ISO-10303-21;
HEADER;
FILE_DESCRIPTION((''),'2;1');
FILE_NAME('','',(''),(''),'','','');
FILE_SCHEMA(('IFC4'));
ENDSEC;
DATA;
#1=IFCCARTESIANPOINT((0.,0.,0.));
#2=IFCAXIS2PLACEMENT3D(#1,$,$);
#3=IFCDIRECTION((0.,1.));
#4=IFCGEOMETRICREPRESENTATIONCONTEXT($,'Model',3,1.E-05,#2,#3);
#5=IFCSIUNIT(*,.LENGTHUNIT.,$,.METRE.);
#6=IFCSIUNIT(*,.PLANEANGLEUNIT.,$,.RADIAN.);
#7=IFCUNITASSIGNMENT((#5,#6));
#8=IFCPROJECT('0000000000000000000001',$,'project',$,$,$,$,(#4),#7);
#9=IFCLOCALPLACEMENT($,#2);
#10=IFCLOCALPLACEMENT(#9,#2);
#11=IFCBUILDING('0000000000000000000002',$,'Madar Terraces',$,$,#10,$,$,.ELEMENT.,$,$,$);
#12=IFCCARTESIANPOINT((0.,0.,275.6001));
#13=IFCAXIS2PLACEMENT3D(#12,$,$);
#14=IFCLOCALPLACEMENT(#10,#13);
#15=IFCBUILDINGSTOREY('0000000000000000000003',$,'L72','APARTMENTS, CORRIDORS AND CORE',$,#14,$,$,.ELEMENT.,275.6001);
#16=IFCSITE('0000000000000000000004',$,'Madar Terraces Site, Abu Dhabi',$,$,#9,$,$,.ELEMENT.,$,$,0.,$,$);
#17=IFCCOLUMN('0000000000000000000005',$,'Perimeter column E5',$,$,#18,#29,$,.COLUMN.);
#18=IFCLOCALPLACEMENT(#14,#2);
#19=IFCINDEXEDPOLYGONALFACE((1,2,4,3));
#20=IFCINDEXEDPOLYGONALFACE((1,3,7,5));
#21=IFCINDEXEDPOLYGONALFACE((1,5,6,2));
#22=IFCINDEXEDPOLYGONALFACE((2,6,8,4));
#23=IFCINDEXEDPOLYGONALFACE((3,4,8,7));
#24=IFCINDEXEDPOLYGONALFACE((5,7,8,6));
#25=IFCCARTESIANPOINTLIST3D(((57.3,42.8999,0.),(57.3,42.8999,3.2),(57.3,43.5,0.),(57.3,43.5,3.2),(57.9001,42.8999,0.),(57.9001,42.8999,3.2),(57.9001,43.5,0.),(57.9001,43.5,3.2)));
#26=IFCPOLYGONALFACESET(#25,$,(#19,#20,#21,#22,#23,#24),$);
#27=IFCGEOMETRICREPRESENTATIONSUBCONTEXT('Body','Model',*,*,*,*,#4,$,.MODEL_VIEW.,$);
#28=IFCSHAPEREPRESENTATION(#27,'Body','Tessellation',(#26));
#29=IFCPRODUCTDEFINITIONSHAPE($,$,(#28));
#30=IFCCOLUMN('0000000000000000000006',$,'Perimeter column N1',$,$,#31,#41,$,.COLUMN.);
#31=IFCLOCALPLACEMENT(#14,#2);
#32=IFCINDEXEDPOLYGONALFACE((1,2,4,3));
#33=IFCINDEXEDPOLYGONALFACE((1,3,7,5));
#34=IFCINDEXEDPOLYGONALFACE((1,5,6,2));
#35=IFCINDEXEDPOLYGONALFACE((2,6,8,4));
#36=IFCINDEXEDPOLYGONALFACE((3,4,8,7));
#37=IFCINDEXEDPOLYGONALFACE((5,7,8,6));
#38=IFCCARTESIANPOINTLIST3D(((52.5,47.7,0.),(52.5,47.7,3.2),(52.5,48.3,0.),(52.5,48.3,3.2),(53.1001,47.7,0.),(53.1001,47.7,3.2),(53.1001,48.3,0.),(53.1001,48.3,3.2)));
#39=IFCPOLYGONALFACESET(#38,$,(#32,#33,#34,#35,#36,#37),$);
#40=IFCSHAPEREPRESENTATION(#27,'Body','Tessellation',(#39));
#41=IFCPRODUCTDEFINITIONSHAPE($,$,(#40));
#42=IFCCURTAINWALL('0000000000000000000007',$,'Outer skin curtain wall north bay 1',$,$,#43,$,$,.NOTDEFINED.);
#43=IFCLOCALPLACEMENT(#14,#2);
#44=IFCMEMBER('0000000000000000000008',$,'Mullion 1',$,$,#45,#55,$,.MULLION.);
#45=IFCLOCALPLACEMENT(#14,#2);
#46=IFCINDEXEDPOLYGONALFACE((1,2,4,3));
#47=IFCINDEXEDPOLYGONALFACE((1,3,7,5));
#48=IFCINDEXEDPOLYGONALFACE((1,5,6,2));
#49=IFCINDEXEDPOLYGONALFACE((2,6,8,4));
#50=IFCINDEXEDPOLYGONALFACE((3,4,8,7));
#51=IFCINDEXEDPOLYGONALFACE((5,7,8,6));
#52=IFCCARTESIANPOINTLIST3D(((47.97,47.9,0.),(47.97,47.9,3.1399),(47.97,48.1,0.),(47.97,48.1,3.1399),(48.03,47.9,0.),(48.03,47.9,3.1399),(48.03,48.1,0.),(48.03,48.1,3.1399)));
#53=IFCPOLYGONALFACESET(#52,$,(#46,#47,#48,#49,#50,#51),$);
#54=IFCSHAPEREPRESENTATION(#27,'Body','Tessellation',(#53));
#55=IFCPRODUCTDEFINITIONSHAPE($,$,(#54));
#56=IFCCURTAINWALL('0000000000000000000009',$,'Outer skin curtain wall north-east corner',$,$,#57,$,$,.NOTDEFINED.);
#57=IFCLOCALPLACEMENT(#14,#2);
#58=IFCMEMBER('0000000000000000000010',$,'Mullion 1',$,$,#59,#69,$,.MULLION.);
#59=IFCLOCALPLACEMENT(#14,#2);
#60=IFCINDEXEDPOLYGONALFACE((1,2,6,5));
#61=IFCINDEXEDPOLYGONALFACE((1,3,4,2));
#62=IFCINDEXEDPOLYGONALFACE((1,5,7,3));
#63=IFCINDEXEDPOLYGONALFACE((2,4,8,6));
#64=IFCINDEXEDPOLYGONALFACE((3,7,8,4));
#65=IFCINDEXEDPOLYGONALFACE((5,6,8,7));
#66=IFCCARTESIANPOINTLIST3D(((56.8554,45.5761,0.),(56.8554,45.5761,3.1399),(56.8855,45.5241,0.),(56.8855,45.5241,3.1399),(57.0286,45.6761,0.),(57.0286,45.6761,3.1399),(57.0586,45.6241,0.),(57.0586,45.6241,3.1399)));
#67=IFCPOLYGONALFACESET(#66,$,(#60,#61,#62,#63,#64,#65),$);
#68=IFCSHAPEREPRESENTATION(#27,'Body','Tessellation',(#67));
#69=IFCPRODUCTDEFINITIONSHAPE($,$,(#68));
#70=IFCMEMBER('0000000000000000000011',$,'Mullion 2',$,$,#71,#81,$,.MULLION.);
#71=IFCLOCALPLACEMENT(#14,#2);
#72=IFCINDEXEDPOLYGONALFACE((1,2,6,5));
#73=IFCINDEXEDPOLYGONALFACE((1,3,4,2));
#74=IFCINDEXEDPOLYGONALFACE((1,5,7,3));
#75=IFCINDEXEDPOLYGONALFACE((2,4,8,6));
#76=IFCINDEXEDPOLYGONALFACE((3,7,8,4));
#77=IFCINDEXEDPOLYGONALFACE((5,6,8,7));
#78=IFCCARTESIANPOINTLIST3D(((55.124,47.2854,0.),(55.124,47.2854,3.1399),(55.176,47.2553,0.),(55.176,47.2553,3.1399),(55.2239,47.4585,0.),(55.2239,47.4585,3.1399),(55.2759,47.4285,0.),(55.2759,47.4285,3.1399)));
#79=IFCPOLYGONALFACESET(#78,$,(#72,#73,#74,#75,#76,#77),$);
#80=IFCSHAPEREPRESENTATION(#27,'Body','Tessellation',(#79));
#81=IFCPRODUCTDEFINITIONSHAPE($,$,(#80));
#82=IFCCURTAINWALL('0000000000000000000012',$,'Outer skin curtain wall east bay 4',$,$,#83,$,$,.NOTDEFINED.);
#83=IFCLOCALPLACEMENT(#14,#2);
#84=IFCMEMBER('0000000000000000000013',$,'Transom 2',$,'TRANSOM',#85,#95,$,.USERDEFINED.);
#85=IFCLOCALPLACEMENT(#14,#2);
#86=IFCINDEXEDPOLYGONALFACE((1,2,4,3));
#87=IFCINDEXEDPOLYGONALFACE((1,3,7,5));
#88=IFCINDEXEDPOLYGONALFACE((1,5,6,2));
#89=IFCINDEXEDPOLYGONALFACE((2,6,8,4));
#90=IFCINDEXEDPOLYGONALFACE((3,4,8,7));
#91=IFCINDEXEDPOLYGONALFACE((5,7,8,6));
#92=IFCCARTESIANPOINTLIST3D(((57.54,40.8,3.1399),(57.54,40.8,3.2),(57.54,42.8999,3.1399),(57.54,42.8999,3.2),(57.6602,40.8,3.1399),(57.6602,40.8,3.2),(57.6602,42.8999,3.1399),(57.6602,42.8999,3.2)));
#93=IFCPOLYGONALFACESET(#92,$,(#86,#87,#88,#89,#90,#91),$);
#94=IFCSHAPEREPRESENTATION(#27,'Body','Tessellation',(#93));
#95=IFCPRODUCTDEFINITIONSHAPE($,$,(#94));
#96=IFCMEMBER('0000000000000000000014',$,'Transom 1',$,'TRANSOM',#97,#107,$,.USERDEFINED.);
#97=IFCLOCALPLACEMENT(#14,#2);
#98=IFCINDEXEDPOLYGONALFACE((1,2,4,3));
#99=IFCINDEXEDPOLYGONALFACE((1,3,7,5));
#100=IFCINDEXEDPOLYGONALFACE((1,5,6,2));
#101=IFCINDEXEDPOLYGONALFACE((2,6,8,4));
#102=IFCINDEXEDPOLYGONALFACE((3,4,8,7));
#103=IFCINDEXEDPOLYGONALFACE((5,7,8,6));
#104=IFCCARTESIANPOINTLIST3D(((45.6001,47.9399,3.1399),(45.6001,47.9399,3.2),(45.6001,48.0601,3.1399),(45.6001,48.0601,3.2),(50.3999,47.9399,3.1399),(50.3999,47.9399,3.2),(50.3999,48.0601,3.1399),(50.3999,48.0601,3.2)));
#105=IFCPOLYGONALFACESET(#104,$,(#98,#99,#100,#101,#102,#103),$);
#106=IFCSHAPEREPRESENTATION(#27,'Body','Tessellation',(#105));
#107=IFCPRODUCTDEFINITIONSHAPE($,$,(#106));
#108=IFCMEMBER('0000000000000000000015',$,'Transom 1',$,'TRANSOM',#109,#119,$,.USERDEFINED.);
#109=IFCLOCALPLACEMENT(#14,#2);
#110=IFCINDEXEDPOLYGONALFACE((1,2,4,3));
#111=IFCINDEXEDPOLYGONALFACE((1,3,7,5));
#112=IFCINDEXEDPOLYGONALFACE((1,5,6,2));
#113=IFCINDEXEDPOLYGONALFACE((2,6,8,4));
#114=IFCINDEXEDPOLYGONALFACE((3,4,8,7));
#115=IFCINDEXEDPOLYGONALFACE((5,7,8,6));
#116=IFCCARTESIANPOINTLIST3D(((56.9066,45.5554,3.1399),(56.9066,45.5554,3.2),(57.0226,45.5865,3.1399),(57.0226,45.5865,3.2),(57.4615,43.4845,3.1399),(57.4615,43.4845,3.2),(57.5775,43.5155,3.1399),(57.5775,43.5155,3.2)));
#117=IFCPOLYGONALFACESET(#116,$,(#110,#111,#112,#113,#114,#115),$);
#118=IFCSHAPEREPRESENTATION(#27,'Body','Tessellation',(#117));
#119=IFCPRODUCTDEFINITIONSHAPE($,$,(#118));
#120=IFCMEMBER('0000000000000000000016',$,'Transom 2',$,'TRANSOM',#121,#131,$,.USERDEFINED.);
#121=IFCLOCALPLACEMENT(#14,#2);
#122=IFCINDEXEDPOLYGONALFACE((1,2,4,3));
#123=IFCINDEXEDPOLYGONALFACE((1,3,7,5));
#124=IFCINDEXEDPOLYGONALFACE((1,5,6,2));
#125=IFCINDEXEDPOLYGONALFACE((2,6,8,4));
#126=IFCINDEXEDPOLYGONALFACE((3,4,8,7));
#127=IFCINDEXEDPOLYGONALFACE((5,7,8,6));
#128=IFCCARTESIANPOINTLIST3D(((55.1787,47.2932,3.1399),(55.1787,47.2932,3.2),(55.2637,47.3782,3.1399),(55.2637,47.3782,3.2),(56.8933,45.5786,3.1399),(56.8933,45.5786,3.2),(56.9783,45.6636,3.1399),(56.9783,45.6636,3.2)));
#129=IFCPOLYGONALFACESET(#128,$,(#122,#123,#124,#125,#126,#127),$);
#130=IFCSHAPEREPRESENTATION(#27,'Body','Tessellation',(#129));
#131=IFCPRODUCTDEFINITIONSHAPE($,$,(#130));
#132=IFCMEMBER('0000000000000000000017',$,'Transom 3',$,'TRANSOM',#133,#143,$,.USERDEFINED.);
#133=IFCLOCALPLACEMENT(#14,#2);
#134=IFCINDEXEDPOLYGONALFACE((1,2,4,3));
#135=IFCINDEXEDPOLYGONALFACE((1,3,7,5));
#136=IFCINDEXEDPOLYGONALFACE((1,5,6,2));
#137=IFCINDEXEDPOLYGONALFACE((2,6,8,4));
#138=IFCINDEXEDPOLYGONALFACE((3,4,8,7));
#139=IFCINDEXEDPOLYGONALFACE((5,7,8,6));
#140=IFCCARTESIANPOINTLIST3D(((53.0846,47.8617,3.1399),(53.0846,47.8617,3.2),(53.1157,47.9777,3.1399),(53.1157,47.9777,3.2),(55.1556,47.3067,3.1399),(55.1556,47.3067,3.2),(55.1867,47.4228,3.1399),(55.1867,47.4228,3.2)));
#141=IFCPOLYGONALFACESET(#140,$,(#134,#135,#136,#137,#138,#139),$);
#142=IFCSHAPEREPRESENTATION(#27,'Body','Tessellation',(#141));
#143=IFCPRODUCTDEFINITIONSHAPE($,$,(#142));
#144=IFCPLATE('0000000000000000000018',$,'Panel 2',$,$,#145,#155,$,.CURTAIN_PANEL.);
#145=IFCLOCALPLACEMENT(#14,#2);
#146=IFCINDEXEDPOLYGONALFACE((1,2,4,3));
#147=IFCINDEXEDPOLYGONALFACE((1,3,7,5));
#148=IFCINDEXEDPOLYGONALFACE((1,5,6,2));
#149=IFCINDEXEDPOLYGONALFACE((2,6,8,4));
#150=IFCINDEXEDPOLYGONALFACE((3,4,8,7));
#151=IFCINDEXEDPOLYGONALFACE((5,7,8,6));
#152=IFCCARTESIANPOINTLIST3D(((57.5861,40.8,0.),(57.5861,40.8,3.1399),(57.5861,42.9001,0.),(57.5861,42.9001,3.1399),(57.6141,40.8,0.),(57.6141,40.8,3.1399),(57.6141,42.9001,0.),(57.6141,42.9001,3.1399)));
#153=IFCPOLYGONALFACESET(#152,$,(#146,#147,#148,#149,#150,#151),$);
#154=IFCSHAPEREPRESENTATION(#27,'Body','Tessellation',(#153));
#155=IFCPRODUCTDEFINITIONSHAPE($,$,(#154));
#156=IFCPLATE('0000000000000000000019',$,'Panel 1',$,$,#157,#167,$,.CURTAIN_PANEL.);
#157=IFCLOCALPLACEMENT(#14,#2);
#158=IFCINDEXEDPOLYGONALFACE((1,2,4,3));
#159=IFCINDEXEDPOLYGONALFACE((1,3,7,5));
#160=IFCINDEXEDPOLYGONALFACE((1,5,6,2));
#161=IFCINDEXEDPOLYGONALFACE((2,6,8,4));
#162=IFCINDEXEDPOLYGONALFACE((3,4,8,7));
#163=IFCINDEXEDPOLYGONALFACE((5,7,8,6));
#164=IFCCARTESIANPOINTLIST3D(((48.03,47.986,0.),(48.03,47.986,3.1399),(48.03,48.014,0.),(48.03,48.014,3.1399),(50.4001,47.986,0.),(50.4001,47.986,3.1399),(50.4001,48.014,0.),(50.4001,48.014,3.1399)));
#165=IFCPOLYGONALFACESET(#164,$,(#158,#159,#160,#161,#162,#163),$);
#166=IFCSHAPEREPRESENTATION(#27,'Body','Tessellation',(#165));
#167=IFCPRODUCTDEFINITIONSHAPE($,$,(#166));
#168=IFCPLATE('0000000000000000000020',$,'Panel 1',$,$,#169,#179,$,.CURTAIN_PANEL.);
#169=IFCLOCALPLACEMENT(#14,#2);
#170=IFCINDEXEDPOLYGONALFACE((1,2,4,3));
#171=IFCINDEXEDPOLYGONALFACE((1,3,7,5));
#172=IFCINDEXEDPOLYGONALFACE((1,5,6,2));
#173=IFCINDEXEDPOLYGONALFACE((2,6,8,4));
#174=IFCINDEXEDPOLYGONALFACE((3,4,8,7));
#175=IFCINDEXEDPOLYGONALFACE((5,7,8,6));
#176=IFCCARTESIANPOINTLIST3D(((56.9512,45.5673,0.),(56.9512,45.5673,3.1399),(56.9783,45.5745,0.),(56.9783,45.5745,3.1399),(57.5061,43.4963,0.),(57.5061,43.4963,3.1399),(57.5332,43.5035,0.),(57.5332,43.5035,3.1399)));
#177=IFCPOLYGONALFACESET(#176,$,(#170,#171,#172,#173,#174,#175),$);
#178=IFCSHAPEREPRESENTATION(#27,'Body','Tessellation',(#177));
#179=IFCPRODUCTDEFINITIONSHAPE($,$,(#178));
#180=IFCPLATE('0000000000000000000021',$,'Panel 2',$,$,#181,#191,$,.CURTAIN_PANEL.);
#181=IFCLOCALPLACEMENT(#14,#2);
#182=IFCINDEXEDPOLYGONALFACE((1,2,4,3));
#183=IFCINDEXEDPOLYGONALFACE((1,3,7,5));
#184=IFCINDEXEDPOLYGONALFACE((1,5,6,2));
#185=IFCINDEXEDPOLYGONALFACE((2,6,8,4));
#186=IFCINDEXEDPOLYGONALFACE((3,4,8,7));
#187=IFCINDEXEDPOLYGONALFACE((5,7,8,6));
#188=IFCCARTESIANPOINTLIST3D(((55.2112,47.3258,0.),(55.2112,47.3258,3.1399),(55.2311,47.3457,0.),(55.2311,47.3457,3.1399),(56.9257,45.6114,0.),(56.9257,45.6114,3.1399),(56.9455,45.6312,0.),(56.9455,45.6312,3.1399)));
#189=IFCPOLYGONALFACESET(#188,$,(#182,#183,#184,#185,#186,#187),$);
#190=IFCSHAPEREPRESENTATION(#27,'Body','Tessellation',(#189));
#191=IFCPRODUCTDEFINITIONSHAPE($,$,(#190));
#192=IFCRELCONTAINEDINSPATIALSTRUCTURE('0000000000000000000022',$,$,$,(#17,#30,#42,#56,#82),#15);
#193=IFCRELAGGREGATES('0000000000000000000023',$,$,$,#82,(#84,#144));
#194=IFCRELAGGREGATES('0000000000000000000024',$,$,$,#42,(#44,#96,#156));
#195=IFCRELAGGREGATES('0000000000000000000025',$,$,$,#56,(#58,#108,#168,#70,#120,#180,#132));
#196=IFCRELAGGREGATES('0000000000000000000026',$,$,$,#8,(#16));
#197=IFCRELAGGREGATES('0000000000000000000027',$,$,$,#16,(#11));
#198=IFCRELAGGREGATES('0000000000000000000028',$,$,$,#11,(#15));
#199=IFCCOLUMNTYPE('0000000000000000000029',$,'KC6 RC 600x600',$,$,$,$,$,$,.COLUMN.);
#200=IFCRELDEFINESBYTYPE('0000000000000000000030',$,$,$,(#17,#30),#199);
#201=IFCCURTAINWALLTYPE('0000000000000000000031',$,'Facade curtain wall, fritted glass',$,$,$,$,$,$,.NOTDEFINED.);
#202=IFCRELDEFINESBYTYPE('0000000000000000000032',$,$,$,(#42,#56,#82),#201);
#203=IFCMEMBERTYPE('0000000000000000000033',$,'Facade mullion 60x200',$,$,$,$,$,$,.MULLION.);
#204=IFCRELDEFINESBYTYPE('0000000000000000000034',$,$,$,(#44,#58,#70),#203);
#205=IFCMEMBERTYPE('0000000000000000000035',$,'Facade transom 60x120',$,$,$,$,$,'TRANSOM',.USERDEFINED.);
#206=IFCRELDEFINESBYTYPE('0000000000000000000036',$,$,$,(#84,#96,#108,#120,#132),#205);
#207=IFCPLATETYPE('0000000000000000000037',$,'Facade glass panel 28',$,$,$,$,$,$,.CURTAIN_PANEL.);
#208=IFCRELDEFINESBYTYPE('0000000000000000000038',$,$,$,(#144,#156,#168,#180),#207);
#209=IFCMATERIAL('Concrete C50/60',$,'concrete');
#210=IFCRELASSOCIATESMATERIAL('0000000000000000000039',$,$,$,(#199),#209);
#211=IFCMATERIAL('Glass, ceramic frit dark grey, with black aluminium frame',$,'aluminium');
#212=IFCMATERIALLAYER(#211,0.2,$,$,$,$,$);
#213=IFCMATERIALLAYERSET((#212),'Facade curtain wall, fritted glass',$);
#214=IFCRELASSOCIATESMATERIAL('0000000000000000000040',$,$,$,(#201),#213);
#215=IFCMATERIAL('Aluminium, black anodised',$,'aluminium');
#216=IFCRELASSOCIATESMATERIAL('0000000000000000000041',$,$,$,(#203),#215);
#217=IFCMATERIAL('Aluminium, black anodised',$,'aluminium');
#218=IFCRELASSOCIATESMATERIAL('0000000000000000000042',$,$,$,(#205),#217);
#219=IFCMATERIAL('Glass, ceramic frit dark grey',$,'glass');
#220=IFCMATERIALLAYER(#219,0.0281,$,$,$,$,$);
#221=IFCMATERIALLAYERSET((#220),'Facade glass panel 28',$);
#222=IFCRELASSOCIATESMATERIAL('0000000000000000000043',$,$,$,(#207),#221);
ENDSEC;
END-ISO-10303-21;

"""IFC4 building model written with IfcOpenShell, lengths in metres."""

from ifc_helpers import new_model, si_unit, direction, frame, origin, origin_2d, place, context, subcontext, project, spatial, rectangle, extrude, material, layer, layer_set, material_profile, profile_set, type_object, element, aggregate, save


model = new_model("IFC4")

# Units and contexts
model_context = context("Model", 3, precision=1e-05, world=origin(), true_north=direction((0.0, 1.0)))
body_context = subcontext(model_context, "Body", "Model", "MODEL_VIEW")
ifc_project = project(units=[si_unit("LENGTHUNIT", "METRE"), si_unit("PLANEANGLEUNIT", "RADIAN")], contexts=[model_context])

# Site, building, storey
site_placement = place(None, origin())
site = spatial("IfcSite", under=ifc_project, at=site_placement, Name="Madar Terraces Site, Abu Dhabi", CompositionType="ELEMENT", RefElevation=0.0)
building_placement = place(site_placement, origin())
building = spatial("IfcBuilding", under=site, at=building_placement, Name="Madar Terraces", CompositionType="ELEMENT")
storey_placement = place(building_placement, frame((0.0, 0.0, 275.6001)))
storey = spatial("IfcBuildingStorey", under=building, at=storey_placement, Name="L72", Description="APARTMENTS, CORRIDORS AND CORE", CompositionType="ELEMENT", Elevation=275.6001)

# Columns
ifc_material_1 = material(Name="Concrete C50/60", Category="concrete")
ifc_material_profile_1 = material_profile(ifc_material_1, rectangle(XDim=0.6001, YDim=0.6001, at=origin_2d()), Name="KC6 RC 600x600")
ifc_profile_set_1 = profile_set([ifc_material_profile_1], Name="Concrete C50/60")
column_type = type_object("IfcColumnType", Name="KC6 RC 600x600", PredefinedType="COLUMN", material=ifc_profile_set_1)
for number, where, z_axis, x_axis, name in (
    (1, (57.6001, 43.2, 0.0), (0.0, 0.0, 1.0), (1.0, 0.0, 0.0), "Perimeter column E5"),
    (2, (52.8, 48.0, 0.0), (0.0, 0.0, 1.0), (1.0, 0.0, 0.0), "Perimeter column N1"),
):
    element("IfcColumn", number, at=place(storey_placement, frame(where, z_axis=z_axis, x_axis=x_axis)), inside=storey, type_object=column_type, Name=name, PredefinedType="COLUMN", context=body_context, shape_type="SweptSolid", body=[
        extrude(rectangle(XDim=0.6001, YDim=0.6001, at=origin_2d()), origin(), (0.0, 0.0, 1.0), 3.2),
    ])

# Curtain wall, member
ifc_material_2 = material(Name="Glass, ceramic frit dark grey, with black aluminium frame", Category="aluminium")
ifc_layer_1 = layer(ifc_material_2, 0.2)
ifc_layer_set_1 = layer_set([ifc_layer_1], Name="Facade curtain wall, fritted glass")
curtain_wall_type = type_object("IfcCurtainWallType", Name="Facade curtain wall, fritted glass", PredefinedType="NOTDEFINED", material=ifc_layer_set_1)
curtain_wall_1_placement = place(storey_placement, origin())
curtain_wall_1 = element("IfcCurtainWall", 3, at=curtain_wall_1_placement, inside=storey, type_object=curtain_wall_type, Name="Outer skin curtain wall north bay 1", PredefinedType="NOTDEFINED")
ifc_material_3 = material(Name="Aluminium, black anodised", Category="aluminium")
ifc_material_profile_2 = material_profile(ifc_material_3, rectangle(XDim=0.2, YDim=0.0601, at=origin_2d()), Name="Facade mullion 60x200")
ifc_profile_set_2 = profile_set([ifc_material_profile_2], Name="Aluminium, black anodised")
member_type_1 = type_object("IfcMemberType", Name="Facade mullion 60x200", PredefinedType="MULLION", material=ifc_profile_set_2)
member_1_placement = place(storey_placement, frame((48.0, 48.0, 0.0), z_axis=(0.0, 0.0, 1.0), x_axis=(0.0, -1.0, 0.0)))
member_1 = element("IfcMember", 4, at=member_1_placement, type_object=member_type_1, Name="Mullion 1", PredefinedType="MULLION", context=body_context, shape_type="SweptSolid", body=[
    extrude(rectangle(XDim=0.2, YDim=0.0601, at=origin_2d()), origin(), (0.0, 0.0, 1.0), 3.1399),
])

# Curtain wall, members
curtain_wall_2_placement = place(storey_placement, origin())
curtain_wall_2 = element("IfcCurtainWall", 5, at=curtain_wall_2_placement, inside=storey, type_object=curtain_wall_type, Name="Outer skin curtain wall north-east corner", PredefinedType="NOTDEFINED")
member_2_placement = place(storey_placement, frame((56.957, 45.6001, 0.0), z_axis=(0.0, 0.0, 1.0), x_axis=(-0.866025, -0.5, 0.0)))
member_2 = element("IfcMember", 6, at=member_2_placement, type_object=member_type_1, Name="Mullion 1", PredefinedType="MULLION", context=body_context, shape_type="SweptSolid", body=[
    extrude(rectangle(XDim=0.2, YDim=0.0601, at=origin_2d()), origin(), (0.0, 0.0, 1.0), 3.1399),
])
member_3_placement = place(storey_placement, frame((55.2, 47.3569, 0.0), z_axis=(0.0, 0.0, 1.0), x_axis=(-0.5, -0.866025, 0.0)))
member_3 = element("IfcMember", 7, at=member_3_placement, type_object=member_type_1, Name="Mullion 2", PredefinedType="MULLION", context=body_context, shape_type="SweptSolid", body=[
    extrude(rectangle(XDim=0.2, YDim=0.0601, at=origin_2d()), origin(), (0.0, 0.0, 1.0), 3.1399),
])

# Curtain wall, member
curtain_wall_3_placement = place(storey_placement, origin())
curtain_wall_3 = element("IfcCurtainWall", 8, at=curtain_wall_3_placement, inside=storey, type_object=curtain_wall_type, Name="Outer skin curtain wall east bay 4", PredefinedType="NOTDEFINED")
ifc_material_4 = material(Name="Aluminium, black anodised", Category="aluminium")
ifc_material_profile_3 = material_profile(ifc_material_4, rectangle(XDim=0.1201, YDim=0.0601, at=origin_2d()), Name="Facade transom 60x120")
ifc_profile_set_3 = profile_set([ifc_material_profile_3], Name="Aluminium, black anodised")
member_type_2 = type_object("IfcMemberType", Name="Facade transom 60x120", ElementType="TRANSOM", PredefinedType="USERDEFINED", material=ifc_profile_set_3)
member_4_placement = place(storey_placement, frame((57.6001, 40.8, 3.1699), z_axis=(0.0, 1.0, 0.0), x_axis=(-1.0, 0.0, 0.0)))
member_4 = element("IfcMember", 9, at=member_4_placement, type_object=member_type_2, Name="Transom 2", ObjectType="TRANSOM", PredefinedType="USERDEFINED", context=body_context, shape_type="SweptSolid", body=[
    extrude(rectangle(XDim=0.1201, YDim=0.0601, at=origin_2d()), origin(), (0.0, 0.0, 1.0), 2.0999),
])

# Members
member_5_placement = place(storey_placement, frame((50.3999, 48.0, 3.1699), z_axis=(-1.0, 0.0, 0.0), x_axis=(0.0, -1.0, 0.0)))
member_5 = element("IfcMember", 10, at=member_5_placement, type_object=member_type_2, Name="Transom 1", ObjectType="TRANSOM", PredefinedType="USERDEFINED", context=body_context, shape_type="SweptSolid", body=[
    extrude(rectangle(XDim=0.1201, YDim=0.0601, at=origin_2d()), origin(), (0.0, 0.0, 1.0), 4.7998),
])
member_6_placement = place(storey_placement, frame((57.5195, 43.5, 3.1699), z_axis=(-0.258818, 0.965926, 0.0), x_axis=(-0.965926, -0.258818, 0.0)))
member_6 = element("IfcMember", 11, at=member_6_placement, type_object=member_type_2, Name="Transom 1", ObjectType="TRANSOM", PredefinedType="USERDEFINED", context=body_context, shape_type="SweptSolid", body=[
    extrude(rectangle(XDim=0.1201, YDim=0.0601, at=origin_2d()), origin(), (0.0, 0.0, 1.0), 2.144),
])
member_7_placement = place(storey_placement, frame((56.9358, 45.6211, 3.1699), z_axis=(-0.707107, 0.707107, 0.0), x_axis=(-0.707107, -0.707107, 0.0)))
member_7 = element("IfcMember", 12, at=member_7_placement, type_object=member_type_2, Name="Transom 2", ObjectType="TRANSOM", PredefinedType="USERDEFINED", context=body_context, shape_type="SweptSolid", body=[
    extrude(rectangle(XDim=0.1201, YDim=0.0601, at=origin_2d()), origin(), (0.0, 0.0, 1.0), 2.4248),
])
member_8_placement = place(storey_placement, frame((55.1711, 47.3647, 3.1699), z_axis=(-0.965926, 0.258818, 0.0), x_axis=(-0.258818, -0.965926, 0.0)))
member_8 = element("IfcMember", 13, at=member_8_placement, type_object=member_type_2, Name="Transom 3", ObjectType="TRANSOM", PredefinedType="USERDEFINED", context=body_context, shape_type="SweptSolid", body=[
    extrude(rectangle(XDim=0.1201, YDim=0.0601, at=origin_2d()), origin(), (0.0, 0.0, 1.0), 2.144),
])

# Plates
ifc_material_5 = material(Name="Glass, ceramic frit dark grey", Category="glass")
ifc_layer_2 = layer(ifc_material_5, 0.0281)
ifc_layer_set_2 = layer_set([ifc_layer_2], Name="Facade glass panel 28")
plate_type = type_object("IfcPlateType", Name="Facade glass panel 28", PredefinedType="CURTAIN_PANEL", material=ifc_layer_set_2)
plate_1_placement = place(storey_placement, frame((57.6001, 41.8501, 0.0), z_axis=(0.0, 0.0, 1.0), x_axis=(0.0, 1.0, 0.0)))
plate_1 = element("IfcPlate", 14, at=plate_1_placement, type_object=plate_type, Name="Panel 2", PredefinedType="CURTAIN_PANEL", context=body_context, shape_type="SweptSolid", body=[
    extrude(rectangle(XDim=2.1001, YDim=0.0281, at=origin_2d()), origin(), (0.0, 0.0, 1.0), 3.1399),
])
aggregate(curtain_wall_3, [member_4, plate_1])
plate_2_placement = place(storey_placement, frame((49.2151, 48.0, 0.0), z_axis=(0.0, 0.0, 1.0), x_axis=(-1.0, 0.0, 0.0)))
plate_2 = element("IfcPlate", 15, at=plate_2_placement, type_object=plate_type, Name="Panel 1", PredefinedType="CURTAIN_PANEL", context=body_context, shape_type="SweptSolid", body=[
    extrude(rectangle(XDim=2.3701, YDim=0.0281, at=origin_2d()), origin(), (0.0, 0.0, 1.0), 3.1399),
])
aggregate(curtain_wall_1, [member_1, member_5, plate_2])
plate_3_placement = place(storey_placement, frame((57.2422, 44.5354, 0.0), z_axis=(0.0, 0.0, 1.0), x_axis=(-0.258819, 0.965926, 0.0)))
plate_3 = element("IfcPlate", 16, at=plate_3_placement, type_object=plate_type, Name="Panel 1", PredefinedType="CURTAIN_PANEL", context=body_context, shape_type="SweptSolid", body=[
    extrude(rectangle(XDim=2.144, YDim=0.0281, at=origin_2d()), origin(), (0.0, 0.0, 1.0), 3.1399),
])
plate_4_placement = place(storey_placement, frame((56.0784, 46.4785, 0.0), z_axis=(0.0, 0.0, 1.0), x_axis=(-0.707107, 0.707107, 0.0)))
plate_4 = element("IfcPlate", 17, at=plate_4_placement, type_object=plate_type, Name="Panel 2", PredefinedType="CURTAIN_PANEL", context=body_context, shape_type="SweptSolid", body=[
    extrude(rectangle(XDim=2.4246, YDim=0.0281, at=origin_2d()), origin(), (0.0, 0.0, 1.0), 3.1399),
])
aggregate(curtain_wall_2, [member_2, member_6, plate_3, member_3, member_7, plate_4, member_8])

save(model, "model.ifc")
